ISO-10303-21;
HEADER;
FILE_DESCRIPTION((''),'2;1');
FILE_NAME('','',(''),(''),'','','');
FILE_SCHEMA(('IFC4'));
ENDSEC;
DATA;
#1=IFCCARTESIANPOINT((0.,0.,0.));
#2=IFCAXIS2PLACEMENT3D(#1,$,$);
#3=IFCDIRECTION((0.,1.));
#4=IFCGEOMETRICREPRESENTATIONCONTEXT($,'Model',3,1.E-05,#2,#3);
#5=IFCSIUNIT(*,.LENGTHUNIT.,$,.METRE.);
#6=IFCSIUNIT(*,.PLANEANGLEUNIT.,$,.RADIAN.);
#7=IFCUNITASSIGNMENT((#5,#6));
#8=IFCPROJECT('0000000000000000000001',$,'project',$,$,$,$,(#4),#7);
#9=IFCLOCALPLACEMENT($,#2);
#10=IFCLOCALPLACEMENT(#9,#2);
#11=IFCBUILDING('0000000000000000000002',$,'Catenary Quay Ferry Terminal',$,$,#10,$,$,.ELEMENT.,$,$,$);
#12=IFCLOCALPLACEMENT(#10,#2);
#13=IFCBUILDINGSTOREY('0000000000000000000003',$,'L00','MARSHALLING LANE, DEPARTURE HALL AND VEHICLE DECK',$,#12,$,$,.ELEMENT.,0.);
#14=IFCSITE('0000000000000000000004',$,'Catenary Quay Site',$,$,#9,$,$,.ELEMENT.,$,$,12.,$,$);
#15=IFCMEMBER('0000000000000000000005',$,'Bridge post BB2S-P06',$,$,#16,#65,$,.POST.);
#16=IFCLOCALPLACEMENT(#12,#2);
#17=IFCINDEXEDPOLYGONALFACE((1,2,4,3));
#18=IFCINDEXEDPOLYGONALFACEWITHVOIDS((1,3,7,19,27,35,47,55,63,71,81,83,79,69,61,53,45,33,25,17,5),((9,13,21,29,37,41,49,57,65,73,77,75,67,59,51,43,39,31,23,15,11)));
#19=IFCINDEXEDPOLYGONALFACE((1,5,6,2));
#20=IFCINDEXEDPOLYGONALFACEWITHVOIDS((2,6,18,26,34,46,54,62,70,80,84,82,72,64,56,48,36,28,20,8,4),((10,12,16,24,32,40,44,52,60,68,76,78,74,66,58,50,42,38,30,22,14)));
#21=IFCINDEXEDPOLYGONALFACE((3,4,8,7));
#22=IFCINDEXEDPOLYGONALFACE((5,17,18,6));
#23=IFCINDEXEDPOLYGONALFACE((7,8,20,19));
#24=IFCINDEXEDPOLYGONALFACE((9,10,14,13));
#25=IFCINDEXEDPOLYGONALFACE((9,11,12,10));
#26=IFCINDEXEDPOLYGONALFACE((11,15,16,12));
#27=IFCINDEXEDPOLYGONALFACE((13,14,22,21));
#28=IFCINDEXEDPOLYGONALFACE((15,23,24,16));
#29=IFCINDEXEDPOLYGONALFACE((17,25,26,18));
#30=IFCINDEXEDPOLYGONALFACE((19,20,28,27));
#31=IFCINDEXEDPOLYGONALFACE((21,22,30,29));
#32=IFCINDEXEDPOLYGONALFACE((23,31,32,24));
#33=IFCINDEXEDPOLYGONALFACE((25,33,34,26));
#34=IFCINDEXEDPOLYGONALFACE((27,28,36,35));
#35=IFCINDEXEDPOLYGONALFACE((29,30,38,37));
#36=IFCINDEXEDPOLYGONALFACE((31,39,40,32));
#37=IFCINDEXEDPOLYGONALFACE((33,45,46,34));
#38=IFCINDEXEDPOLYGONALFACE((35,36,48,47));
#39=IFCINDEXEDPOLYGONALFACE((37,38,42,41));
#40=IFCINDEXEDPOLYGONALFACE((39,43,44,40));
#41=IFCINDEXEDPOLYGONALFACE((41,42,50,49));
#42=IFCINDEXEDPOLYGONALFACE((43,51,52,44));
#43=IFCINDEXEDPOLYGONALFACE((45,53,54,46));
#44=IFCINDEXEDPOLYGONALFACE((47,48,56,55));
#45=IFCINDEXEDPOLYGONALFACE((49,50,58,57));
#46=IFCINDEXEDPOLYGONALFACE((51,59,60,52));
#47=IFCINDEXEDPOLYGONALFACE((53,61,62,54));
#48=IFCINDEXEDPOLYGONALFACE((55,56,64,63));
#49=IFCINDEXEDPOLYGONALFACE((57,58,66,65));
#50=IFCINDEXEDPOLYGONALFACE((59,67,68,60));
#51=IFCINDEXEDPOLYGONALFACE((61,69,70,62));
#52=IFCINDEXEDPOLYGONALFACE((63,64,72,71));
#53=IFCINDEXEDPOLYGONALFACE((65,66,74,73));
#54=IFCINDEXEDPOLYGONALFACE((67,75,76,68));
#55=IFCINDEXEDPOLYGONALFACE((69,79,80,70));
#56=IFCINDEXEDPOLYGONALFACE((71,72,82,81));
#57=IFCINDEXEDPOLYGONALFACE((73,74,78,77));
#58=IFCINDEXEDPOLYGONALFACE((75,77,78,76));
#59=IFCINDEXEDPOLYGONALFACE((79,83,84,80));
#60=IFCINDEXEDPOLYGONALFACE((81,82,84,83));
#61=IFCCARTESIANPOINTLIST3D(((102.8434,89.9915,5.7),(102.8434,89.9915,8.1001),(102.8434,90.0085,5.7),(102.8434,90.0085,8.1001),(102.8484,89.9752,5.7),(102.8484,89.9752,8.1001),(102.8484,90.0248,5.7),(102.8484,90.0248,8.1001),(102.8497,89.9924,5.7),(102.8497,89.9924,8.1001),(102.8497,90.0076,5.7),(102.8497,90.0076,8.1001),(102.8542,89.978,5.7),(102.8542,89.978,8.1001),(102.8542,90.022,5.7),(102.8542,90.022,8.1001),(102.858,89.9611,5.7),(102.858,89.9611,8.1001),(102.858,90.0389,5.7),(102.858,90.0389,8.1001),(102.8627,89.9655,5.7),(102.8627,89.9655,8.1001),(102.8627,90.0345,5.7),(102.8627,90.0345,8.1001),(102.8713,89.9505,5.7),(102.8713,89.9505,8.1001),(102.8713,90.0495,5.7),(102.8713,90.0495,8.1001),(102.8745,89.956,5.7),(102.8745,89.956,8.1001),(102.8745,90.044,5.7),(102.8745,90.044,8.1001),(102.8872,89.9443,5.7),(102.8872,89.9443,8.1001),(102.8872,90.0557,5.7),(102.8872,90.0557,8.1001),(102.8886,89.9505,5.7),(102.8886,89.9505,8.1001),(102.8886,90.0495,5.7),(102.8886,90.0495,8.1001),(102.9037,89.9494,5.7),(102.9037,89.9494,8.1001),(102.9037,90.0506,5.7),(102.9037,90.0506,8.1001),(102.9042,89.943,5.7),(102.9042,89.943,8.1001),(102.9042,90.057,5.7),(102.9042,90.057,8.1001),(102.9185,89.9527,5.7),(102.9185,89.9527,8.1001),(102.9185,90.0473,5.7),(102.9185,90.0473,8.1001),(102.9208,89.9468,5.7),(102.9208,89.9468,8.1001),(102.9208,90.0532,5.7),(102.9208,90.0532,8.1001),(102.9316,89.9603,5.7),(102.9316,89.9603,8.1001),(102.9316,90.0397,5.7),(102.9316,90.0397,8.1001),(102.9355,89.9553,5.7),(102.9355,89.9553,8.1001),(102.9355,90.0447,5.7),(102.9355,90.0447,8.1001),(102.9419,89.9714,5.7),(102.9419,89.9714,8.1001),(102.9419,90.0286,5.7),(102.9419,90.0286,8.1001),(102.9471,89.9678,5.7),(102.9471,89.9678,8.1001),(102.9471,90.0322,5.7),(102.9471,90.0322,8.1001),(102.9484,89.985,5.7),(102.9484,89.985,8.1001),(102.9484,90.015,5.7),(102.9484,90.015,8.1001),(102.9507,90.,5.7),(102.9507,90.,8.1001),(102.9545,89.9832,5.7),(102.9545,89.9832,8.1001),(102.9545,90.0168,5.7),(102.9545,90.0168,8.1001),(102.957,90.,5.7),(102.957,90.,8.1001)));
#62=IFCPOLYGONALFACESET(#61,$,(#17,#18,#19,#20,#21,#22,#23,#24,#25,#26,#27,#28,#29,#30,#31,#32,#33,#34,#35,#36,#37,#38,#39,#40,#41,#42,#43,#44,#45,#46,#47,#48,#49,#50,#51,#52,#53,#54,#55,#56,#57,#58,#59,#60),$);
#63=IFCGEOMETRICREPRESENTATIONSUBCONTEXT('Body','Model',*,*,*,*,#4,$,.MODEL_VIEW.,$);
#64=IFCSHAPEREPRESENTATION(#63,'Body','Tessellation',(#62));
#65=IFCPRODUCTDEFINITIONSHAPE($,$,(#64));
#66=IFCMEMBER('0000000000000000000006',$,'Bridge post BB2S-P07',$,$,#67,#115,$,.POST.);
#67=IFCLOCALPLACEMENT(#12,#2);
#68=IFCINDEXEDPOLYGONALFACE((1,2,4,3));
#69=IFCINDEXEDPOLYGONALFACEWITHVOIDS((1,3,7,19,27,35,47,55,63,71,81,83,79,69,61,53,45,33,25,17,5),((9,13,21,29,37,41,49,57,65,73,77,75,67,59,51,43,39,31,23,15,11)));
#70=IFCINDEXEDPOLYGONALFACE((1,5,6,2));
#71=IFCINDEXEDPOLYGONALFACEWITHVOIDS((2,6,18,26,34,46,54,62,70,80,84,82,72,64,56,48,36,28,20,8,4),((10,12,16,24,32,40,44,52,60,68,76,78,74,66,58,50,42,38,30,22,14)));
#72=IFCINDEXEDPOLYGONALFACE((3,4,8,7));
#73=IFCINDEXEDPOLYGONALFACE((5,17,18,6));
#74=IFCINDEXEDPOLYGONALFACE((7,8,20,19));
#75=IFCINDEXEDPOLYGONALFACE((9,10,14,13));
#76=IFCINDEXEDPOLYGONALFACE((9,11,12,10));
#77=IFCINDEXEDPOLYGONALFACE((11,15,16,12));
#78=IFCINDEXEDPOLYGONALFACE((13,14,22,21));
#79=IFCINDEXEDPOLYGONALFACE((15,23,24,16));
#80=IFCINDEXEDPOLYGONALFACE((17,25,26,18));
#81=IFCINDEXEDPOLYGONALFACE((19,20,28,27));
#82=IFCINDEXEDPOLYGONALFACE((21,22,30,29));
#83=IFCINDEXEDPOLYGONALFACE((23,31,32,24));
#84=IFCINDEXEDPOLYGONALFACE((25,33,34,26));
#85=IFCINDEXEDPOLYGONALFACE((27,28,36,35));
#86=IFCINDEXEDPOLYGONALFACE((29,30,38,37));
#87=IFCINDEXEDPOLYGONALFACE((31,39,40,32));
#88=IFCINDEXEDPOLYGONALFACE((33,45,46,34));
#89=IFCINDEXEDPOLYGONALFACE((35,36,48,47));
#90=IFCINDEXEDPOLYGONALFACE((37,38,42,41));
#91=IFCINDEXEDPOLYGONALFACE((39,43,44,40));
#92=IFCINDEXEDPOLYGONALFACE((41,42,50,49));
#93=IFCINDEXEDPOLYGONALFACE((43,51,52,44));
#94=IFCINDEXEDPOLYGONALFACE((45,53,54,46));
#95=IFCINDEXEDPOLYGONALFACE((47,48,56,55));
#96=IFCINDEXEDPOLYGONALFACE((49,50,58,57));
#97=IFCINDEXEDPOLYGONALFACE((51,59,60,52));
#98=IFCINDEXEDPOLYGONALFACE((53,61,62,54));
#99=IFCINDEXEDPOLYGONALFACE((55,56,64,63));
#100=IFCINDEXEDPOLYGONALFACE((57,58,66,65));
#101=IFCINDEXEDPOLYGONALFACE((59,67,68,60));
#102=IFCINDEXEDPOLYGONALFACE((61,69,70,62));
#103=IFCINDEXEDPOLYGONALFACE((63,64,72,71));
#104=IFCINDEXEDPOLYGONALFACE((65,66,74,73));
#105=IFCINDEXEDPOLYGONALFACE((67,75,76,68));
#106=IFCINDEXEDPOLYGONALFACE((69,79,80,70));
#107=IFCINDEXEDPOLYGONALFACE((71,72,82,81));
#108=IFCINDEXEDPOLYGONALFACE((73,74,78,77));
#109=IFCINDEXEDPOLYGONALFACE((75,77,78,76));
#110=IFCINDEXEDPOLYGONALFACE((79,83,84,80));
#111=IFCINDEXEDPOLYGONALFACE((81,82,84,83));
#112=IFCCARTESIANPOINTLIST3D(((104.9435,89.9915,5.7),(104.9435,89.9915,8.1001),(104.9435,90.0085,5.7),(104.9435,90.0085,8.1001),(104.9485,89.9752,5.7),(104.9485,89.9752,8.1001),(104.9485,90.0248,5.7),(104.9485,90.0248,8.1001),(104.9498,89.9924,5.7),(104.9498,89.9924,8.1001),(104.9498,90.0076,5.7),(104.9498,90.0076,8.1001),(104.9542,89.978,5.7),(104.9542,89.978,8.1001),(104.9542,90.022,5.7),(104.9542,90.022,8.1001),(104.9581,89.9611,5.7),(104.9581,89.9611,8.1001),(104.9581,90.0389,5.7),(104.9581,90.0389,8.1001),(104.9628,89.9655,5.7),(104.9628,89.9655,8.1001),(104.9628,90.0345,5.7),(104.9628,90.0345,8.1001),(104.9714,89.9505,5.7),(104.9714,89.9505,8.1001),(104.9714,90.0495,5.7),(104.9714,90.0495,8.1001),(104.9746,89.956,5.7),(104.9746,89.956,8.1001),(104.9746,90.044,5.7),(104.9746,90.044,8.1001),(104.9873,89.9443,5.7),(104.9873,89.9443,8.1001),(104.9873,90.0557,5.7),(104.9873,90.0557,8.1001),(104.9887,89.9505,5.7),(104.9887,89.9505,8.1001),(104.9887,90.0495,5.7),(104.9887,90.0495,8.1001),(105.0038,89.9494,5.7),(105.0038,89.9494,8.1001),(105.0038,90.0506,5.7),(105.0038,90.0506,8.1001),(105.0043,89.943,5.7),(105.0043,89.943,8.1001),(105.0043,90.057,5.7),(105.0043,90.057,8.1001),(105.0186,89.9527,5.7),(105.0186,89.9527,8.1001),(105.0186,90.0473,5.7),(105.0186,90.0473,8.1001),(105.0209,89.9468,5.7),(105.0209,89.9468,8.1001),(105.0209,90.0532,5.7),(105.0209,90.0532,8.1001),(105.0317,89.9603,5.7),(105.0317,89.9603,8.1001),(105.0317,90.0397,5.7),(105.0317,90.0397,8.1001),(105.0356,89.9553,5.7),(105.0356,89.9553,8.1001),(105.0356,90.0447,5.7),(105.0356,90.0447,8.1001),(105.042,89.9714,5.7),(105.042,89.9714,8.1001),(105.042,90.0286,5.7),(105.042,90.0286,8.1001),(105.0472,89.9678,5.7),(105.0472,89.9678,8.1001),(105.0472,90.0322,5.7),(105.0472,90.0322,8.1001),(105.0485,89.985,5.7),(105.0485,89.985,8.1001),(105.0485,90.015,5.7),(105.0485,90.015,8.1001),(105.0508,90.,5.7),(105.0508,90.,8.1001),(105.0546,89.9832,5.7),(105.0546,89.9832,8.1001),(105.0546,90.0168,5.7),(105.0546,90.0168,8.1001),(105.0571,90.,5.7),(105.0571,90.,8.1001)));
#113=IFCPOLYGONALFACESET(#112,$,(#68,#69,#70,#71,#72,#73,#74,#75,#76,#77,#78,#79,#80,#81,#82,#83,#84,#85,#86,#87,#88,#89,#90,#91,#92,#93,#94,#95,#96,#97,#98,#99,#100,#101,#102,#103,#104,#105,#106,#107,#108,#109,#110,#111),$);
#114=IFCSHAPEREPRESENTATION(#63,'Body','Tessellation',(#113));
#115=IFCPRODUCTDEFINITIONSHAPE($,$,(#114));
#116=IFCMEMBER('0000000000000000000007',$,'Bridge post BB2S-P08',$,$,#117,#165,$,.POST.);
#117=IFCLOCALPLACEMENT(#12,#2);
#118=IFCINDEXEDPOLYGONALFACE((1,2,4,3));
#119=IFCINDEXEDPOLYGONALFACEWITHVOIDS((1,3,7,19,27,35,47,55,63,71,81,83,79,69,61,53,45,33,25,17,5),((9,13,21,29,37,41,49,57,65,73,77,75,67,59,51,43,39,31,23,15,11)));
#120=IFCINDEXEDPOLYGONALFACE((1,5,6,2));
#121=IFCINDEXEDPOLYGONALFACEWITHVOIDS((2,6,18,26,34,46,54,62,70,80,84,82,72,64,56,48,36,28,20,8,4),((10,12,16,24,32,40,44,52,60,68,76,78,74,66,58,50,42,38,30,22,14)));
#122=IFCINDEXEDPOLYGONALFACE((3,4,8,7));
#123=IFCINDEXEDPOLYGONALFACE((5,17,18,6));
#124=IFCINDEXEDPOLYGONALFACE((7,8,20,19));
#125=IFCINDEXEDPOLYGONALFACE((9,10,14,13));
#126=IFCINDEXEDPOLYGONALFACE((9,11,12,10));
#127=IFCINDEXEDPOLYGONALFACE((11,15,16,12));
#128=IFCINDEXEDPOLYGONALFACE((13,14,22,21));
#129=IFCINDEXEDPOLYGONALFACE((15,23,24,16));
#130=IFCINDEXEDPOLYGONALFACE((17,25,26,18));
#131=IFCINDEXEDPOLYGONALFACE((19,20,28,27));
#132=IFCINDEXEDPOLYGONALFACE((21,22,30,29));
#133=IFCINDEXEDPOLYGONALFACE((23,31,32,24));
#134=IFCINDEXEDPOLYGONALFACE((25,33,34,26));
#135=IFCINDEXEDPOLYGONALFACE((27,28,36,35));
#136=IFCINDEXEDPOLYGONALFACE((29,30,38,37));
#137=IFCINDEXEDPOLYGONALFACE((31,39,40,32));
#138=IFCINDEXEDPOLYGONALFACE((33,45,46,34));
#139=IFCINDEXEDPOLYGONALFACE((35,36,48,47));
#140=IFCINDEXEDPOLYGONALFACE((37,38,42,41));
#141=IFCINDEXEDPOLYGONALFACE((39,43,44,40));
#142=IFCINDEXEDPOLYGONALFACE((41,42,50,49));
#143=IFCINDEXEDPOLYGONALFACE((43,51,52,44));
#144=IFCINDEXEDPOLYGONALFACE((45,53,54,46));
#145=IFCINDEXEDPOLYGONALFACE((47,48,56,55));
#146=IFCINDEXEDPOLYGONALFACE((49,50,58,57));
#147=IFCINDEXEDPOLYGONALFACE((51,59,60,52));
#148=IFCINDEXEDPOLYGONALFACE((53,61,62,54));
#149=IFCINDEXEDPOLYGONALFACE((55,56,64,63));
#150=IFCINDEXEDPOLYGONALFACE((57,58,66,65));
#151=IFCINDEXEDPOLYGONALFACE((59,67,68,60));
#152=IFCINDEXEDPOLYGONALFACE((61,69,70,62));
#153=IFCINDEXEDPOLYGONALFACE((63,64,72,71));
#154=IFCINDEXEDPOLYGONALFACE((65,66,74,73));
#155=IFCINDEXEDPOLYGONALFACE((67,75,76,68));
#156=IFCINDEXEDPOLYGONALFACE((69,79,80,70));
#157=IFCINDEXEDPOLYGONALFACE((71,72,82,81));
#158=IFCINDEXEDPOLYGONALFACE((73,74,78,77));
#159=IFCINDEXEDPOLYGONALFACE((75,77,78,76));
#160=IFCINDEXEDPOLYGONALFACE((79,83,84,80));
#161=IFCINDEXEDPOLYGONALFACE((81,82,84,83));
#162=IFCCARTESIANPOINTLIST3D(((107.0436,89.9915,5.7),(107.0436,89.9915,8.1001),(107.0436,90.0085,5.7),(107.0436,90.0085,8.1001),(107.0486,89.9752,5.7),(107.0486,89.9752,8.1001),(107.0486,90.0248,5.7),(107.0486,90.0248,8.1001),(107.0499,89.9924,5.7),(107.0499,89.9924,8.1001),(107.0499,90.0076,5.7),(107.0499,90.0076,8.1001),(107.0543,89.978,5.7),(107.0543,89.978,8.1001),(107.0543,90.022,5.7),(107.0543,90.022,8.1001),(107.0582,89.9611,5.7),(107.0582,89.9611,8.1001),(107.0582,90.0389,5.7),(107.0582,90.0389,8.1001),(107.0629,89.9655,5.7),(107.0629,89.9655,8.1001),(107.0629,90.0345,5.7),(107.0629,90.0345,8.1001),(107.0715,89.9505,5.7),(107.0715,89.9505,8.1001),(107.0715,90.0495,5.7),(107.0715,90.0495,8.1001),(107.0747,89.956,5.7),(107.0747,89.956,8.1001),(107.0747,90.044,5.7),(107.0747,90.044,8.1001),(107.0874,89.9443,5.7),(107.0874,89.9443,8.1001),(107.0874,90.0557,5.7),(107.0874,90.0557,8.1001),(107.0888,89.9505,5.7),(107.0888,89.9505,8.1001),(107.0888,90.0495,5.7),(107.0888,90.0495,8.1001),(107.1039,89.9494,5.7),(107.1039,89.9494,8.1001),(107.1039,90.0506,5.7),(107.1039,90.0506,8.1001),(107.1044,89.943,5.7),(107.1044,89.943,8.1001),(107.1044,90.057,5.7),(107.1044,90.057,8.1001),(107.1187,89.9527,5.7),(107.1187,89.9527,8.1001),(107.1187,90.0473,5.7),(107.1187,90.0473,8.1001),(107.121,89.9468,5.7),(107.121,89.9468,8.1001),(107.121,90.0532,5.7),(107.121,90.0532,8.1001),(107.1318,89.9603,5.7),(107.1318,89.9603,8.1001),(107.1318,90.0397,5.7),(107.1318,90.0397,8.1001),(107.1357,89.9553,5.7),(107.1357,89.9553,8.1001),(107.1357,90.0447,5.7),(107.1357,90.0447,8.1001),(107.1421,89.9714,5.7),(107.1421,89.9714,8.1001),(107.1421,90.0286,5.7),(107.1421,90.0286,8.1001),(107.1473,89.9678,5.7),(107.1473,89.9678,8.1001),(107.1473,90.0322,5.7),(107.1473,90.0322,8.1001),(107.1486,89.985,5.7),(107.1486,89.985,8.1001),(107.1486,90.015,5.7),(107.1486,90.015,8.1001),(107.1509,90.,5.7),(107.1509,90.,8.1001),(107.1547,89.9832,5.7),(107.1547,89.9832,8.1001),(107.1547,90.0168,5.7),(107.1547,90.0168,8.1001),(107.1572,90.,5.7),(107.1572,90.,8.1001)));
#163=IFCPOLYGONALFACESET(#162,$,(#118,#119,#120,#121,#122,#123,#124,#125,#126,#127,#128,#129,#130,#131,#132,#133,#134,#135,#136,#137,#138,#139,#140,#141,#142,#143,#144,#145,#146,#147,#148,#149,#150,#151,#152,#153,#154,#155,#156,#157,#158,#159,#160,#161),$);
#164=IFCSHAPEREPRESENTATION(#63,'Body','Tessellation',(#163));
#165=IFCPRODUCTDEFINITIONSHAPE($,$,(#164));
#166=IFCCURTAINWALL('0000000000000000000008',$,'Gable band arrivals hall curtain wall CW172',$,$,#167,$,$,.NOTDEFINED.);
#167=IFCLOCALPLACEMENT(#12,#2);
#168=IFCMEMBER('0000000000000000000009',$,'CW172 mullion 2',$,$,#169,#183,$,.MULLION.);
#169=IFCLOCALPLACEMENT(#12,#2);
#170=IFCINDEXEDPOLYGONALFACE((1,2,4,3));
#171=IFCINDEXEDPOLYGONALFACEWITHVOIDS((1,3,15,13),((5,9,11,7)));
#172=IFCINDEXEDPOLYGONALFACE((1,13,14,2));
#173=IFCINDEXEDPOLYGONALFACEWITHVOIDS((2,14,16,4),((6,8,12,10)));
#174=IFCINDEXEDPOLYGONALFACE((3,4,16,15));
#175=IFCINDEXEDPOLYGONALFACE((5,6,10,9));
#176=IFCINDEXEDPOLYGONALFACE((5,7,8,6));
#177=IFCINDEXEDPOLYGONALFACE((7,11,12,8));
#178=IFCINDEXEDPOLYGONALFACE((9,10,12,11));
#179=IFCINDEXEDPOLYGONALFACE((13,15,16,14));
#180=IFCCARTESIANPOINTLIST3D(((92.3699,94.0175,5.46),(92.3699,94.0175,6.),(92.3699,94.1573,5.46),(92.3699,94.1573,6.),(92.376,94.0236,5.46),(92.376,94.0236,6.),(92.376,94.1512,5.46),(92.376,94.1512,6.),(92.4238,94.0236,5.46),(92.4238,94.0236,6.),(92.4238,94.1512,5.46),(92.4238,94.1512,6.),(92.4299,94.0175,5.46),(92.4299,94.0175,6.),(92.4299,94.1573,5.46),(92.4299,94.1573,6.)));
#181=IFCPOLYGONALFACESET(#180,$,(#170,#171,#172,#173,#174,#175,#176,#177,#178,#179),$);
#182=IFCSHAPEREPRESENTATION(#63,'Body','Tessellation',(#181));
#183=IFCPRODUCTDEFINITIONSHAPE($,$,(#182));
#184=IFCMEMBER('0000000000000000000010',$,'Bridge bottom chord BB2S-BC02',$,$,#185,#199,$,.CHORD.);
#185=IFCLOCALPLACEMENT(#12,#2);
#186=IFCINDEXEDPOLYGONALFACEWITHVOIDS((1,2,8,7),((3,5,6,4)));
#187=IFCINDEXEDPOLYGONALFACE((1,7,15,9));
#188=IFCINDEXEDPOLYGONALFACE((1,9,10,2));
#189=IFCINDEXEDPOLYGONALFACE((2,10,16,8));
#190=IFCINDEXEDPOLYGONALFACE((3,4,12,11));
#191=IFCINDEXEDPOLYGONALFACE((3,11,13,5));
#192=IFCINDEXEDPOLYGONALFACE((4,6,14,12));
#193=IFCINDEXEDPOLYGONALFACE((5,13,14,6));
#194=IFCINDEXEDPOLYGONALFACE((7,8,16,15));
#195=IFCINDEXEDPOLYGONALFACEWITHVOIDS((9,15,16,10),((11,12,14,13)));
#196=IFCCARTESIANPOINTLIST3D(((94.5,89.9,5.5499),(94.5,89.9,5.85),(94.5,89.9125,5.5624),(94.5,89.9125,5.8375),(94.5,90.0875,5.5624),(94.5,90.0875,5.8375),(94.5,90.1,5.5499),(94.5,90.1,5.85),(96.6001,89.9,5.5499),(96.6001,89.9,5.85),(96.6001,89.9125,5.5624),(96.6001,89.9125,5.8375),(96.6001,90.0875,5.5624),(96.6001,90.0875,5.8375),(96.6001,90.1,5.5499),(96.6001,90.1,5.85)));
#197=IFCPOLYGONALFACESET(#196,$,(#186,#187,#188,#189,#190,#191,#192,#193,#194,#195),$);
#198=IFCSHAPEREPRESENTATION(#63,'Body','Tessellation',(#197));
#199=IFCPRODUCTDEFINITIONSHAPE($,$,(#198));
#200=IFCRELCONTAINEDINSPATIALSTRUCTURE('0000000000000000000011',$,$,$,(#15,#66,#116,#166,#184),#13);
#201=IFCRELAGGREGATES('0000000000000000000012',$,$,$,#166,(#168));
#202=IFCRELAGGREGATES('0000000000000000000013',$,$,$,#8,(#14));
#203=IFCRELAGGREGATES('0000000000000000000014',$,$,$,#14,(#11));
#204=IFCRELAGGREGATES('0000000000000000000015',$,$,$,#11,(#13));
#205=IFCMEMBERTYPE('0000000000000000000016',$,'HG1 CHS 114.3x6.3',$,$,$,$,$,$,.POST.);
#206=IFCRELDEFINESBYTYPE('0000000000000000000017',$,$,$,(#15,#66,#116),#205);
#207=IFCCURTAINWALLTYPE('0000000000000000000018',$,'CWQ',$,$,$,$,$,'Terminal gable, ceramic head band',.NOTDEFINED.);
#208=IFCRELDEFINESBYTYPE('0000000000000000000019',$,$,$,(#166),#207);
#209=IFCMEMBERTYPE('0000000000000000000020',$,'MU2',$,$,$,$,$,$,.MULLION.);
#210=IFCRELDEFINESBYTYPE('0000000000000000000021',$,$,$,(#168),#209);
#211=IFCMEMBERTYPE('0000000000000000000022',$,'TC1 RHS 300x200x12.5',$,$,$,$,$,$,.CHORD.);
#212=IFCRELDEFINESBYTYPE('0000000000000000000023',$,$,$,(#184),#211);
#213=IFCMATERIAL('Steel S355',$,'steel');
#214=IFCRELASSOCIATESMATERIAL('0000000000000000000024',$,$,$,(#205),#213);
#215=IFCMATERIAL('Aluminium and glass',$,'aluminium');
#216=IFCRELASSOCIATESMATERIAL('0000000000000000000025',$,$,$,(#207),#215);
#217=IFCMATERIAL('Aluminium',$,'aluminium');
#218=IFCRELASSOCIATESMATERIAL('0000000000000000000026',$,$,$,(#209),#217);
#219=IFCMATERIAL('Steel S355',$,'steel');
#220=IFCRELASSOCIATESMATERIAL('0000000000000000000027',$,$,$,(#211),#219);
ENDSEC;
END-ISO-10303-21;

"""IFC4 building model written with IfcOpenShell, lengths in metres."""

from ifc_helpers import new_model, si_unit, direction, frame, origin, origin_2d, place, context, subcontext, project, spatial, hollow_rectangle, hollow_circle, extrude, material, material_profile, profile_set, type_object, element, aggregate, save


model = new_model("IFC4")

# Units and contexts
model_context = context("Model", 3, precision=1e-05, world=origin(), true_north=direction((0.0, 1.0)))
body_context = subcontext(model_context, "Body", "Model", "MODEL_VIEW")
ifc_project = project(units=[si_unit("LENGTHUNIT", "METRE"), si_unit("PLANEANGLEUNIT", "RADIAN")], contexts=[model_context])

# Site, building, storey
site_placement = place(None, origin())
site = spatial("IfcSite", under=ifc_project, at=site_placement, Name="Catenary Quay Site", CompositionType="ELEMENT", RefElevation=12.0)
building_placement = place(site_placement, origin())
building = spatial("IfcBuilding", under=site, at=building_placement, Name="Catenary Quay Ferry Terminal", CompositionType="ELEMENT")
storey_placement = place(building_placement, origin())
storey = spatial("IfcBuildingStorey", under=building, at=storey_placement, Name="L00", Description="MARSHALLING LANE, DEPARTURE HALL AND VEHICLE DECK", CompositionType="ELEMENT", Elevation=0.0)

# Members
ifc_material_1 = material(Name="Steel S355", Category="steel")
ifc_material_profile_1 = material_profile(ifc_material_1, hollow_circle(Radius=0.0571, WallThickness=0.0063, at=origin_2d()), Name="CHS 114.3x6.3")
ifc_profile_set_1 = profile_set([ifc_material_profile_1], Name="Steel S355")
member_type_1 = type_object("IfcMemberType", Name="HG1 CHS 114.3x6.3", PredefinedType="POST", material=ifc_profile_set_1)
for number, where, z_axis, x_axis, name in (
    (1, (102.8999, 90.0, 5.7), (0.0, 0.0, 1.0), (1.0, 0.0, 0.0), "Bridge post BB2S-P06"),
    (2, (105.0, 90.0, 5.7), (0.0, 0.0, 1.0), (1.0, 0.0, 0.0), "Bridge post BB2S-P07"),
    (3, (107.1001, 90.0, 5.7), (0.0, 0.0, 1.0), (1.0, 0.0, 0.0), "Bridge post BB2S-P08"),
):
    element("IfcMember", number, at=place(storey_placement, frame(where, z_axis=z_axis, x_axis=x_axis)), inside=storey, type_object=member_type_1, Name=name, PredefinedType="POST", context=body_context, shape_type="SweptSolid", body=[
        extrude(hollow_circle(Radius=0.0571, WallThickness=0.0063, at=origin_2d()), origin(), (0.0, 0.0, 1.0), 2.4001),
    ])

# Curtain wall, member
ifc_material_2 = material(Name="Aluminium and glass", Category="aluminium")
curtain_wall_type = type_object("IfcCurtainWallType", Name="CWQ", ElementType="Terminal gable, ceramic head band", PredefinedType="NOTDEFINED", material=ifc_material_2)
curtain_wall_placement = place(storey_placement, origin())
curtain_wall = element("IfcCurtainWall", 4, at=curtain_wall_placement, inside=storey, type_object=curtain_wall_type, Name="Gable band arrivals hall curtain wall CW172", PredefinedType="NOTDEFINED")
ifc_material_3 = material(Name="Aluminium", Category="aluminium")
ifc_material_profile_2 = material_profile(ifc_material_3, hollow_rectangle(XDim=0.0601, YDim=0.1399, WallThickness=0.0061, at=origin_2d()), Name="MU2")
ifc_profile_set_2 = profile_set([ifc_material_profile_2], Name="Aluminium")
member_type_2 = type_object("IfcMemberType", Name="MU2", PredefinedType="MULLION", material=ifc_profile_set_2)
member_1_placement = place(storey_placement, frame((92.3999, 94.0874, 5.46), z_axis=(0.0, 0.0, 1.0), x_axis=(-1.0, 0.0, 0.0)))
member_1 = element("IfcMember", 5, at=member_1_placement, type_object=member_type_2, Name="CW172 mullion 2", PredefinedType="MULLION", context=body_context, shape_type="SweptSolid", body=[
    extrude(hollow_rectangle(XDim=0.0601, YDim=0.1399, WallThickness=0.0061, at=origin_2d()), origin(), (0.0, 0.0, 1.0), 0.54),
])
aggregate(curtain_wall, [member_1])

# Member
ifc_material_4 = material(Name="Steel S355", Category="steel")
ifc_material_profile_3 = material_profile(ifc_material_4, hollow_rectangle(XDim=0.2, YDim=0.3, WallThickness=0.0125, at=origin_2d()), Name="RHS 300x200x12.5")
ifc_profile_set_3 = profile_set([ifc_material_profile_3], Name="Steel S355")
member_type_3 = type_object("IfcMemberType", Name="TC1 RHS 300x200x12.5", PredefinedType="CHORD", material=ifc_profile_set_3)
member_2_placement = place(storey_placement, frame((94.5, 90.0, 5.7), z_axis=(1.0, 0.0, 0.0), x_axis=(0.0, 1.0, 0.0)))
element("IfcMember", 6, at=member_2_placement, inside=storey, type_object=member_type_3, Name="Bridge bottom chord BB2S-BC02", PredefinedType="CHORD", context=body_context, shape_type="SweptSolid", body=[
    extrude(hollow_rectangle(XDim=0.2, YDim=0.3, WallThickness=0.0125, at=origin_2d()), origin(), (0.0, 0.0, 1.0), 2.1001),
])

save(model, "model.ifc")
